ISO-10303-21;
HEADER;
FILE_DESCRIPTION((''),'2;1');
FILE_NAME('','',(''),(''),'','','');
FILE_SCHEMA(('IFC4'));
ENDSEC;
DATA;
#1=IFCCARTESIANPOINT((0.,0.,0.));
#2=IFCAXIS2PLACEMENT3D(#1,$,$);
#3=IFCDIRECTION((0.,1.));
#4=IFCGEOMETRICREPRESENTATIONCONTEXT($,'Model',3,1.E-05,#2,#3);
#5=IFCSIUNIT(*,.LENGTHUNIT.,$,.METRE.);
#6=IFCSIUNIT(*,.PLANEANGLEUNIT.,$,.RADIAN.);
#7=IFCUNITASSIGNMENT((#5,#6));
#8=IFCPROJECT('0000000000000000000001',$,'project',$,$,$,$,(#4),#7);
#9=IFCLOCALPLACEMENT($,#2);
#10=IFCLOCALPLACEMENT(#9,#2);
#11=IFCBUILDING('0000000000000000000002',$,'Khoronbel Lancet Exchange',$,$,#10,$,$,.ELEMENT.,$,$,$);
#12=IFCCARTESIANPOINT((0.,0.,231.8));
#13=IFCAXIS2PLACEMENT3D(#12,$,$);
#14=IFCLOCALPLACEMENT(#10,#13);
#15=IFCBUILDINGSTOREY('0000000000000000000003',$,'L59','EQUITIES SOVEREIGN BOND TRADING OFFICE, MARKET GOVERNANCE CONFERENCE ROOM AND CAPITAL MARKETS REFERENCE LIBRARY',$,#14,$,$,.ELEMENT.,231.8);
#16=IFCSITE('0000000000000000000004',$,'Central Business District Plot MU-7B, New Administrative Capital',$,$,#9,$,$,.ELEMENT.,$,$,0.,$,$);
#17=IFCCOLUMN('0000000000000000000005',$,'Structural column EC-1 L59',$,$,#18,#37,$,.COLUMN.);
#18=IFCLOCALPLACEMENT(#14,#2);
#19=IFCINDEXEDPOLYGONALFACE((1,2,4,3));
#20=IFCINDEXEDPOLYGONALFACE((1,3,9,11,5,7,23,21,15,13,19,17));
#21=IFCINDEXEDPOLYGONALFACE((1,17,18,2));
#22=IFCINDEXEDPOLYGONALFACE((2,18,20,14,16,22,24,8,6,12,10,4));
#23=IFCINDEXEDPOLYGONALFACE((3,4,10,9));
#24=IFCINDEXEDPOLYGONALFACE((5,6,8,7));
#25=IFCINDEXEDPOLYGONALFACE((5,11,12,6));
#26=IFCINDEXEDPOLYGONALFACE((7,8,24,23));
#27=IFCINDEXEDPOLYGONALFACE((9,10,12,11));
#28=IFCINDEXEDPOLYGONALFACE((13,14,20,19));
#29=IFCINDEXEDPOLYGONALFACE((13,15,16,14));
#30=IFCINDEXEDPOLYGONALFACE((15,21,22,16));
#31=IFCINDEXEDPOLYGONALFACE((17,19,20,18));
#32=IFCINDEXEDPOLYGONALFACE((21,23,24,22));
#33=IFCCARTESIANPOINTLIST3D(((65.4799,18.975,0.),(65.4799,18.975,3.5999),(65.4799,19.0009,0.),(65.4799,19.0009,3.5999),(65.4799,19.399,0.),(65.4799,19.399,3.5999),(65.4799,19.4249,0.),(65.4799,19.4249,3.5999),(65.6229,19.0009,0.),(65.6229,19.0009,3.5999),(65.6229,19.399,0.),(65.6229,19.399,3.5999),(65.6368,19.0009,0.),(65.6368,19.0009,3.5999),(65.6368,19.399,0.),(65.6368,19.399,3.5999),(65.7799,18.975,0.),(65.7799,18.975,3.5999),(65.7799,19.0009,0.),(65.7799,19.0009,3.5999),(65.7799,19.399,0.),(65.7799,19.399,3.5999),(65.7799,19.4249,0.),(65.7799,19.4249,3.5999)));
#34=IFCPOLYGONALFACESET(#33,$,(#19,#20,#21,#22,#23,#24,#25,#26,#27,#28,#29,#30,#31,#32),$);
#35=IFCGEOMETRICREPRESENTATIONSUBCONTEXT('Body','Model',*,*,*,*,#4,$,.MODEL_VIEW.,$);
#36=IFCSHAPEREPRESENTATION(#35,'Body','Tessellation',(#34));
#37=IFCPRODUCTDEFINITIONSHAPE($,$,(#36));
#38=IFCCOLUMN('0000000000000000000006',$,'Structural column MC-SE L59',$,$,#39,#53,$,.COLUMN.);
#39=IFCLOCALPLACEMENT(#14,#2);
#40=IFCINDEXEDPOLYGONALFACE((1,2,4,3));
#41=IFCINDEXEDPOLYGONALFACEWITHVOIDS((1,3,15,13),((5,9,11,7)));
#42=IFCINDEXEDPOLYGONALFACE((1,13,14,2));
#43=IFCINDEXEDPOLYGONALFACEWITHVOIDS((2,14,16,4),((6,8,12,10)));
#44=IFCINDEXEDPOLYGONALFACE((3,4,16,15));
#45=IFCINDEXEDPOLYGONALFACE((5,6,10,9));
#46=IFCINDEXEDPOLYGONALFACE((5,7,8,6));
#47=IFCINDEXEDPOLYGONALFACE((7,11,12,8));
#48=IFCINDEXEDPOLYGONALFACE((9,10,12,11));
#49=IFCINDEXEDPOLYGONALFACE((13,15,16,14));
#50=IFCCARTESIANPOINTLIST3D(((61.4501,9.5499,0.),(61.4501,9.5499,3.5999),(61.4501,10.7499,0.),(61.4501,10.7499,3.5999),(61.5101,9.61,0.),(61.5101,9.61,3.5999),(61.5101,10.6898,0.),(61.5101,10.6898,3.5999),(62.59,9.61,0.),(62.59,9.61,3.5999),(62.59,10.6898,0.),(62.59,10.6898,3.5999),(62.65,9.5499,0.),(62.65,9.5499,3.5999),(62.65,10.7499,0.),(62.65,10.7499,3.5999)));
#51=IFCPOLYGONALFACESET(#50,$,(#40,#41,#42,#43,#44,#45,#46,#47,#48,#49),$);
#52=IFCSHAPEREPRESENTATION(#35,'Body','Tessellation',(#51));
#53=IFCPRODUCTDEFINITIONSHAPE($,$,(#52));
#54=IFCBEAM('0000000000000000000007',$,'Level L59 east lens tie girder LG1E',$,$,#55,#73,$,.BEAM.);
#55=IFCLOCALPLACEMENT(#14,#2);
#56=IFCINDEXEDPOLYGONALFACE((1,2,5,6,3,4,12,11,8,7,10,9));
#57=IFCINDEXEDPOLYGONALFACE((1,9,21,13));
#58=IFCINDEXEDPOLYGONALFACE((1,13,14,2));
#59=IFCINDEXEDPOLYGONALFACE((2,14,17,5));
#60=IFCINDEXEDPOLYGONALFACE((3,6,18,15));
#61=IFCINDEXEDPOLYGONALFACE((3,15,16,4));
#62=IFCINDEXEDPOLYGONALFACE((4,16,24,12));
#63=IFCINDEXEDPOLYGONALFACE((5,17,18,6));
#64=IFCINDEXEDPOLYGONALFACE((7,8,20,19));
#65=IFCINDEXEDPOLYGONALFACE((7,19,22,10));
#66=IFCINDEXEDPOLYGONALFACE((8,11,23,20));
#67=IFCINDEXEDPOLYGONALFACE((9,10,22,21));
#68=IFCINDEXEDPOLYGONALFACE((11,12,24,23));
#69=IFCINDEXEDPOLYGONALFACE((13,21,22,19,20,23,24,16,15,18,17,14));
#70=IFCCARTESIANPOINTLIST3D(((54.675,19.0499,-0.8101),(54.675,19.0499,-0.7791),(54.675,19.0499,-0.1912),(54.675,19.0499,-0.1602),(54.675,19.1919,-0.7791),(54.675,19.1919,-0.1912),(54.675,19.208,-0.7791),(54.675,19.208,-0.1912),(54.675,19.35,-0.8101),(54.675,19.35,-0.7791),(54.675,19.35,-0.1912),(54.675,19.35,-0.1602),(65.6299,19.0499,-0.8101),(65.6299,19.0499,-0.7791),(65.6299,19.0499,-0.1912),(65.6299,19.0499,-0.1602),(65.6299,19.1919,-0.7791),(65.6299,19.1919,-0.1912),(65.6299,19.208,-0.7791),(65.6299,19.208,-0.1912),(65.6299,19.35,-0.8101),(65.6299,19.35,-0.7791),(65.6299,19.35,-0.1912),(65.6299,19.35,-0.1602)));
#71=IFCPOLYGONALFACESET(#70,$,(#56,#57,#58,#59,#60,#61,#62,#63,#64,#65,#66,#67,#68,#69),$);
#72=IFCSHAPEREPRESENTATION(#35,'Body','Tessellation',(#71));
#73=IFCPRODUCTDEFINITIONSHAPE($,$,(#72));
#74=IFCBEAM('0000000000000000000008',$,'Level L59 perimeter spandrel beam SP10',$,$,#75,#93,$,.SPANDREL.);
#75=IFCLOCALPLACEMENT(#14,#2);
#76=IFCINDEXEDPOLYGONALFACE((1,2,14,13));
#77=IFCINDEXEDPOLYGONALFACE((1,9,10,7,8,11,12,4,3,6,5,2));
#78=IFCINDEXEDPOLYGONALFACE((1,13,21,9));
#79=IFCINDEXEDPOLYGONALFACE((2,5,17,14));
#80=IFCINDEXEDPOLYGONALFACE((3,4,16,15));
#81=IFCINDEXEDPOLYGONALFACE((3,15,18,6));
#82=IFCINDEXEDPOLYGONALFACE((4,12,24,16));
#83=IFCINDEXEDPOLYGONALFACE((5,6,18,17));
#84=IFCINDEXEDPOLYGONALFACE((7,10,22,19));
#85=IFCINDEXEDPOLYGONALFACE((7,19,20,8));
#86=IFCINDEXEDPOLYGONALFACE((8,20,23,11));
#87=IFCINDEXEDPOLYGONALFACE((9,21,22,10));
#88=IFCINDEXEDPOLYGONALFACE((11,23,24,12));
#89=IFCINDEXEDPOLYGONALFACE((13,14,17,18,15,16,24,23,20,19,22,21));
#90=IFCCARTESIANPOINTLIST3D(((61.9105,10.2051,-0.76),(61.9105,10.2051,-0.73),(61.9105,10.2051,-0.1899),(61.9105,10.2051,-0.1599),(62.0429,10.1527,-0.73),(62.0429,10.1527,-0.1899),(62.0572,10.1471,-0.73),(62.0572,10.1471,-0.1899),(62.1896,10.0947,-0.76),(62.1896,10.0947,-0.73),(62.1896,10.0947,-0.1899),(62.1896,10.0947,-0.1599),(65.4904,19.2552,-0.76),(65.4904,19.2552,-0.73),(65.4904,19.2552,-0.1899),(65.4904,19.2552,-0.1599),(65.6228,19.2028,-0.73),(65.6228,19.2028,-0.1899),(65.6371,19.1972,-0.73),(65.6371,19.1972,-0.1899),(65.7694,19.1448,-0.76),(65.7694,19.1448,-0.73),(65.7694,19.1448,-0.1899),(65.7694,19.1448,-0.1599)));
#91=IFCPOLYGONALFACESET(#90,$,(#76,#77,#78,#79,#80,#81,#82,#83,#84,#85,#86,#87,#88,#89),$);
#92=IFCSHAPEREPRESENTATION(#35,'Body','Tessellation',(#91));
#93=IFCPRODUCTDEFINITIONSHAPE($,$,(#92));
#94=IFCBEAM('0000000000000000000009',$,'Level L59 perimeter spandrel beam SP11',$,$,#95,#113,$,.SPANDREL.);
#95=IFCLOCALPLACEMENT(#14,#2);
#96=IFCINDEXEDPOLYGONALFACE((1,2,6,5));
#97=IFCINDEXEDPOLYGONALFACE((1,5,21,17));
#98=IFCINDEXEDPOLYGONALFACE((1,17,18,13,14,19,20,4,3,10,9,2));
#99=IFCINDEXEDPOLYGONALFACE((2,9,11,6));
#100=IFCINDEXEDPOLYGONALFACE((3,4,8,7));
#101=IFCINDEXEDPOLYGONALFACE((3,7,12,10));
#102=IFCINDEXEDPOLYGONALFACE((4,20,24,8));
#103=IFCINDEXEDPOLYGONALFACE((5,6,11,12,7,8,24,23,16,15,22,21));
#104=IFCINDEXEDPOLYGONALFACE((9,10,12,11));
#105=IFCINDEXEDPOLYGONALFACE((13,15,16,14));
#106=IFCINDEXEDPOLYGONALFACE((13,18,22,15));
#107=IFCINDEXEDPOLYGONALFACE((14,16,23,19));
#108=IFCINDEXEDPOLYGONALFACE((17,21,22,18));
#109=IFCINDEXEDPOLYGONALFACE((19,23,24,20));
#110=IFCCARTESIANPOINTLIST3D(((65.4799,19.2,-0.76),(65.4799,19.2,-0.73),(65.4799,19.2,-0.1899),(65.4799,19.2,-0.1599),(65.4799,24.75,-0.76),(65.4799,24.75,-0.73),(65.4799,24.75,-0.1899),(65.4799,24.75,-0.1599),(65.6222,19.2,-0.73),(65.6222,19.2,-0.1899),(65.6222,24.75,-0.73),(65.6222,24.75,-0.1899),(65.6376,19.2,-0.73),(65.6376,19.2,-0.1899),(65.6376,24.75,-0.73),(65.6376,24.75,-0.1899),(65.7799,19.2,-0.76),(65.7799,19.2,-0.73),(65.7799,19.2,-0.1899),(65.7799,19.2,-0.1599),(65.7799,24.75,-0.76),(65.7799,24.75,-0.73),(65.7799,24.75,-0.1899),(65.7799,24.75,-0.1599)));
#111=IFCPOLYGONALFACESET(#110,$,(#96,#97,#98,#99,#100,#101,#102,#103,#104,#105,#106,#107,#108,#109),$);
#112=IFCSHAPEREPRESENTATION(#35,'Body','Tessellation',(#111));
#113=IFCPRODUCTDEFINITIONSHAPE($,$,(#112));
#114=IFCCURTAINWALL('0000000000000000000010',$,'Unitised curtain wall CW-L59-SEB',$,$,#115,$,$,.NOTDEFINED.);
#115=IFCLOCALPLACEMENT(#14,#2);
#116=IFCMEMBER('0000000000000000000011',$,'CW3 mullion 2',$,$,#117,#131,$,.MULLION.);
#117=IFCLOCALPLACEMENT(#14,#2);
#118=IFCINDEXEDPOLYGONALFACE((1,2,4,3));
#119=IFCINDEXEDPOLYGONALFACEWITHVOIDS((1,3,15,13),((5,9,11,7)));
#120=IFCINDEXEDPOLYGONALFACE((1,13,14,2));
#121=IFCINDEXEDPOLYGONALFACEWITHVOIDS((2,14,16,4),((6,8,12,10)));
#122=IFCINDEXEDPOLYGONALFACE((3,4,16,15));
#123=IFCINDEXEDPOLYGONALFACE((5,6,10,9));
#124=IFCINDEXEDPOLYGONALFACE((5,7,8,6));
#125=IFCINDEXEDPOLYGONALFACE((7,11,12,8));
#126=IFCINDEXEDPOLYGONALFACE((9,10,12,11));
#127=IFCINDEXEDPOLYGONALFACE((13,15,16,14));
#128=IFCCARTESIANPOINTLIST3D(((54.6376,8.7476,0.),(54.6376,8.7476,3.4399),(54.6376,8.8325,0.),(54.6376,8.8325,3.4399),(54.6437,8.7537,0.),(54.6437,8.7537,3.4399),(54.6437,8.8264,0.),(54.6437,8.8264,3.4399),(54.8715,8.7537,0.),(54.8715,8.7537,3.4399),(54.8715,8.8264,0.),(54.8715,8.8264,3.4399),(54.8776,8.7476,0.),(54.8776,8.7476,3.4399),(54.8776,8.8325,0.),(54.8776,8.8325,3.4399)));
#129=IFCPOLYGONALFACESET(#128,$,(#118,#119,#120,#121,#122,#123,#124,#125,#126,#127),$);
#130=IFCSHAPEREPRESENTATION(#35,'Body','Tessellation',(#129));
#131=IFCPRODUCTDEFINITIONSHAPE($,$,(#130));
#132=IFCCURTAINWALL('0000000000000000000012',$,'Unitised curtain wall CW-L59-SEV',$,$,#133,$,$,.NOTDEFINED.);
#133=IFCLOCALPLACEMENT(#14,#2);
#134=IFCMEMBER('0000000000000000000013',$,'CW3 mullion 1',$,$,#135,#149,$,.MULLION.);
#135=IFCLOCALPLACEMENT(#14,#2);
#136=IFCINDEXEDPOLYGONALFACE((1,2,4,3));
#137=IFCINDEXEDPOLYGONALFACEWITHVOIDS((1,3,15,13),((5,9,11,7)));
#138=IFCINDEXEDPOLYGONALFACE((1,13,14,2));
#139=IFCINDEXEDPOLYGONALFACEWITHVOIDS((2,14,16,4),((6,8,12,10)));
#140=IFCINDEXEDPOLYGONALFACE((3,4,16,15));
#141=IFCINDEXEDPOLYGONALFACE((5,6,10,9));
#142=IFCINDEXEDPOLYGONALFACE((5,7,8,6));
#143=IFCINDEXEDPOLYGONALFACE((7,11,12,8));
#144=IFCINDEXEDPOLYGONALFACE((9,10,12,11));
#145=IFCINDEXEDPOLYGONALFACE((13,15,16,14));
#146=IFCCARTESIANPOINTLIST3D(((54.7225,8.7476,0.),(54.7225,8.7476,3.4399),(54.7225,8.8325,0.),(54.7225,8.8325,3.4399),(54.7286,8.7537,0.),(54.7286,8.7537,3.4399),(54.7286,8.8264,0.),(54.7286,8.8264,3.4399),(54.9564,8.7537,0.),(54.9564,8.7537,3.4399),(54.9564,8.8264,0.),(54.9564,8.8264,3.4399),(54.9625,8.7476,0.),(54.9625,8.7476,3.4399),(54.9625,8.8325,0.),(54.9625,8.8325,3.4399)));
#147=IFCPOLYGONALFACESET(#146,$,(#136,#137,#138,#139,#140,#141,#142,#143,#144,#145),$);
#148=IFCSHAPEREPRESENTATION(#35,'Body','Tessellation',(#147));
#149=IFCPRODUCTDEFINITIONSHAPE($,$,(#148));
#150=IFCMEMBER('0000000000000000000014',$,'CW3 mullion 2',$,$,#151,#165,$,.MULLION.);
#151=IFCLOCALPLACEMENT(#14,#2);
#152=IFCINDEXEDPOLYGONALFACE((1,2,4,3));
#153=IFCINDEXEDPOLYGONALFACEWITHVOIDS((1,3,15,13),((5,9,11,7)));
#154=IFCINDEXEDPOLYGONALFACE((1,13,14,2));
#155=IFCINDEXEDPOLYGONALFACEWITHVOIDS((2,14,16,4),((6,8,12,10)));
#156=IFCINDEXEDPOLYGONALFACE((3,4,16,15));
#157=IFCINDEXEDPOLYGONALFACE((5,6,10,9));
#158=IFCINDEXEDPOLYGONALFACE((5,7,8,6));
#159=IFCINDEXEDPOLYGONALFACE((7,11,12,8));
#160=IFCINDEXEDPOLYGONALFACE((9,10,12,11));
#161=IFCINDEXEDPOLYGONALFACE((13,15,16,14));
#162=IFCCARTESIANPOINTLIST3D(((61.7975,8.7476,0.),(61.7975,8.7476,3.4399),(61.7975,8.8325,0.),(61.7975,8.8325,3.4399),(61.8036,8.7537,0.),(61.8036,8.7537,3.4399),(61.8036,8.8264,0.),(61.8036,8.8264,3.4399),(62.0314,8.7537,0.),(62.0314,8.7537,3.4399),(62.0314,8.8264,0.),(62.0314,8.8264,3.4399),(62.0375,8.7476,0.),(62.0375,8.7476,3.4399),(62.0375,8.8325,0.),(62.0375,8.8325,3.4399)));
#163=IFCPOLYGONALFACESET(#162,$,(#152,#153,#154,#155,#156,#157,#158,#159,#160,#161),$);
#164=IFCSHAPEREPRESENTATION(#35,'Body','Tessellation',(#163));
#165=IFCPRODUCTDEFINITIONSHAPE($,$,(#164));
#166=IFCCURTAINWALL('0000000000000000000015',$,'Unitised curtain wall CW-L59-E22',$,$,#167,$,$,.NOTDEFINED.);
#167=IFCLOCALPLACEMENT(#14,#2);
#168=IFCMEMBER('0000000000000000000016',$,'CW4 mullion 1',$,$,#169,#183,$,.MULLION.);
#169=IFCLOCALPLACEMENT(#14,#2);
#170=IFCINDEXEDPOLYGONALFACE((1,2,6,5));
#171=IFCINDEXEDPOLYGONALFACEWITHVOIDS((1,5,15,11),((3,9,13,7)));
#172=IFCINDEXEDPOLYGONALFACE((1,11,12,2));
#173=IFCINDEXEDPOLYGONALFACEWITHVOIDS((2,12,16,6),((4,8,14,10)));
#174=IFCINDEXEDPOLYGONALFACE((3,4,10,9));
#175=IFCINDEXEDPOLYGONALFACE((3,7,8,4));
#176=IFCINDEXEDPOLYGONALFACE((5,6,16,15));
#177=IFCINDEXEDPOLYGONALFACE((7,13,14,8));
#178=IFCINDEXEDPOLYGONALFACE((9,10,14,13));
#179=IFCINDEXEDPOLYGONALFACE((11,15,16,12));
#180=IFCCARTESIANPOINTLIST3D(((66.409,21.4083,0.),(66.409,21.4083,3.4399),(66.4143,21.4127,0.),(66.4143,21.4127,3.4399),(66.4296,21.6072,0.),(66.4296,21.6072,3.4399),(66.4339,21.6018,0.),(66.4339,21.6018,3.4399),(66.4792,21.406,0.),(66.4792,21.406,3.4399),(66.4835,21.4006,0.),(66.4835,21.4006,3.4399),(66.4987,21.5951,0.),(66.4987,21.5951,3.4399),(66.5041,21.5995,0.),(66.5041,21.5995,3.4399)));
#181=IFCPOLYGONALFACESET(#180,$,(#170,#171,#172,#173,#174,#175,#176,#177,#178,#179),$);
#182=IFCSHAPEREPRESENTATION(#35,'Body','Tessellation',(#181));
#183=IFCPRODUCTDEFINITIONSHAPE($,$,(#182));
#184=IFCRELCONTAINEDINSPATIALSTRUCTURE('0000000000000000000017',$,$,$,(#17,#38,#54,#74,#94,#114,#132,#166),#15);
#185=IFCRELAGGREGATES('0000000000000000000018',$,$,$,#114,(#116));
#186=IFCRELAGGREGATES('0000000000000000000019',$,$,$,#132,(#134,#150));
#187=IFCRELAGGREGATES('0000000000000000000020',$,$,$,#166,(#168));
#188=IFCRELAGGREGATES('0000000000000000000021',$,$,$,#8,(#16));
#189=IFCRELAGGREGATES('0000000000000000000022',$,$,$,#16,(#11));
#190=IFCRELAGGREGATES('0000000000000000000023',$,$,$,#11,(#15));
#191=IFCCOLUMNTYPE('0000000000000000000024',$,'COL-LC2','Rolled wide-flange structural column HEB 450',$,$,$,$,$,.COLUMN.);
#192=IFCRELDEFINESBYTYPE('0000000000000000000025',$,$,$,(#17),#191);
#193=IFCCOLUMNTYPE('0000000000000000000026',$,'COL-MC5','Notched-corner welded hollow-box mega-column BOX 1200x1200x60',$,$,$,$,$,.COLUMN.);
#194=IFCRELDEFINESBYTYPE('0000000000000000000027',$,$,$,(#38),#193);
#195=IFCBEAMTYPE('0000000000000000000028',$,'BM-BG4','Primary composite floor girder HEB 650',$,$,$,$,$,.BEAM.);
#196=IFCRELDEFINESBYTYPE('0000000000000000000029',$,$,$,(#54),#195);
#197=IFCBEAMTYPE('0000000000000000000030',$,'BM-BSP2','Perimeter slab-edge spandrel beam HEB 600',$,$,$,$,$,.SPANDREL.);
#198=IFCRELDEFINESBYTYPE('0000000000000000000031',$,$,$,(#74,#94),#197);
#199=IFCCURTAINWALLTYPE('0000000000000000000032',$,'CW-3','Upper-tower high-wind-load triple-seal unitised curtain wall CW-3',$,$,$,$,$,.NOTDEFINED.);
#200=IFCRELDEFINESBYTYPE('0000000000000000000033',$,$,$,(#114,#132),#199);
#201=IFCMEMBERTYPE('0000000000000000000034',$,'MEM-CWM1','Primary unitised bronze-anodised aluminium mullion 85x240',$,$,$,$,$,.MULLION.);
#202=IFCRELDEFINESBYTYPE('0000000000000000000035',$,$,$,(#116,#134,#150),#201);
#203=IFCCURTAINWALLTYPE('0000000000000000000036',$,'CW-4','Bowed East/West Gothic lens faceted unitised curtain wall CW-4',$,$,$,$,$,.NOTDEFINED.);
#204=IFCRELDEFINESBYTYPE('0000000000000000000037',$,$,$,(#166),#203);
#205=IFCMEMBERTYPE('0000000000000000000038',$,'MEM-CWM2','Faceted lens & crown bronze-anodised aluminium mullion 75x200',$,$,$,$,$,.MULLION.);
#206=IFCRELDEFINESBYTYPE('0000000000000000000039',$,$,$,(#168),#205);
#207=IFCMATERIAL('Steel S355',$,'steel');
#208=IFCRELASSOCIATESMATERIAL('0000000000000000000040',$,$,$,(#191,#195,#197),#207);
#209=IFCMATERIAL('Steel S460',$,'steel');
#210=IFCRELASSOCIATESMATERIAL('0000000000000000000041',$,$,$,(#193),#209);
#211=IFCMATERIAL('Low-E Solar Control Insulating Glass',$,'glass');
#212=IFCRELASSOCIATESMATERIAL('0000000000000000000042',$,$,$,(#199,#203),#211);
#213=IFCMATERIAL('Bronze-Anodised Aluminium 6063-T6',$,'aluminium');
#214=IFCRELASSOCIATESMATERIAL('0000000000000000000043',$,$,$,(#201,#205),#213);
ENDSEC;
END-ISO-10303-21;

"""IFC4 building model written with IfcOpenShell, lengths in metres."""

from ifc_helpers import new_model, si_unit, direction, frame, origin, origin_2d, place, context, subcontext, project, spatial, hollow_rectangle, i_section, extrude, material, material_profile, profile_set, type_object, element, aggregate, save


model = new_model("IFC4")

# Units and contexts
model_context = context("Model", 3, precision=1e-05, world=origin(), true_north=direction((0.0, 1.0)))
body_context = subcontext(model_context, "Body", "Model", "MODEL_VIEW")
ifc_project = project(units=[si_unit("LENGTHUNIT", "METRE"), si_unit("PLANEANGLEUNIT", "RADIAN")], contexts=[model_context])

# Site, building, storey
site_placement = place(None, origin())
site = spatial("IfcSite", under=ifc_project, at=site_placement, Name="Central Business District Plot MU-7B, New Administrative Capital", CompositionType="ELEMENT", RefElevation=0.0)
building_placement = place(site_placement, origin())
building = spatial("IfcBuilding", under=site, at=building_placement, Name="Khoronbel Lancet Exchange", CompositionType="ELEMENT")
storey_placement = place(building_placement, frame((0.0, 0.0, 231.8)))
storey = spatial("IfcBuildingStorey", under=building, at=storey_placement, Name="L59", Description="EQUITIES SOVEREIGN BOND TRADING OFFICE, MARKET GOVERNANCE CONFERENCE ROOM AND CAPITAL MARKETS REFERENCE LIBRARY", CompositionType="ELEMENT", Elevation=231.8)

# Columns
ifc_material_1 = material(Name="Steel S355", Category="steel")
ifc_material_profile_1 = material_profile(ifc_material_1, i_section(OverallWidth=0.3, OverallDepth=0.45, WebThickness=0.0139, FlangeThickness=0.0259, at=origin_2d()), Name="HEB 450")
ifc_profile_set_1 = profile_set([ifc_material_profile_1], Name="Steel S355")
column_type_1 = type_object("IfcColumnType", Name="COL-LC2", Description="Rolled wide-flange structural column HEB 450", PredefinedType="COLUMN", material=ifc_profile_set_1)
column_1_placement = place(storey_placement, frame((65.6299, 19.2, 0.0), z_axis=(0.0, 0.0, 1.0), x_axis=(1.0, 0.0, 0.0)))
element("IfcColumn", 1, at=column_1_placement, inside=storey, type_object=column_type_1, Name="Structural column EC-1 L59", PredefinedType="COLUMN", context=body_context, shape_type="SweptSolid", body=[
    extrude(i_section(OverallWidth=0.3, OverallDepth=0.45, WebThickness=0.0139, FlangeThickness=0.0259, at=origin_2d()), origin(), (0.0, 0.0, 1.0), 3.5999),
])
ifc_material_2 = material(Name="Steel S460", Category="steel")
ifc_material_profile_2 = material_profile(ifc_material_2, hollow_rectangle(XDim=1.2, YDim=1.2, WallThickness=0.0601, at=origin_2d()), Name="BOX 1200x1200x60")
ifc_profile_set_2 = profile_set([ifc_material_profile_2], Name="Steel S460")
column_type_2 = type_object("IfcColumnType", Name="COL-MC5", Description="Notched-corner welded hollow-box mega-column BOX 1200x1200x60", PredefinedType="COLUMN", material=ifc_profile_set_2)
column_2_placement = place(storey_placement, frame((62.05, 10.1499, 0.0), z_axis=(0.0, 0.0, 1.0), x_axis=(1.0, 0.0, 0.0)))
element("IfcColumn", 2, at=column_2_placement, inside=storey, type_object=column_type_2, Name="Structural column MC-SE L59", PredefinedType="COLUMN", context=body_context, shape_type="SweptSolid", body=[
    extrude(hollow_rectangle(XDim=1.2, YDim=1.2, WallThickness=0.0601, at=origin_2d()), origin(), (0.0, 0.0, 1.0), 3.5999),
])

# Beams
ifc_material_profile_3 = material_profile(ifc_material_1, i_section(OverallWidth=0.3, OverallDepth=0.6499, WebThickness=0.0161, FlangeThickness=0.031, at=origin_2d()), Name="HEB 650")
ifc_profile_set_3 = profile_set([ifc_material_profile_3], Name="Steel S355")
beam_type_1 = type_object("IfcBeamType", Name="BM-BG4", Description="Primary composite floor girder HEB 650", PredefinedType="BEAM", material=ifc_profile_set_3)
beam_1_placement = place(storey_placement, frame((54.675, 19.2, -0.4851), z_axis=(1.0, 0.0, 0.0), x_axis=(0.0, 1.0, 0.0)))
element("IfcBeam", 3, at=beam_1_placement, inside=storey, type_object=beam_type_1, Name="Level L59 east lens tie girder LG1E", PredefinedType="BEAM", context=body_context, shape_type="SweptSolid", body=[
    extrude(i_section(OverallWidth=0.3, OverallDepth=0.6499, WebThickness=0.0161, FlangeThickness=0.031, at=origin_2d()), origin(), (0.0, 0.0, 1.0), 10.9548),
])
ifc_material_profile_4 = material_profile(ifc_material_1, i_section(OverallWidth=0.3, OverallDepth=0.6001, WebThickness=0.0154, FlangeThickness=0.03, at=origin_2d()), Name="HEB 600")
ifc_profile_set_4 = profile_set([ifc_material_profile_4], Name="Steel S355")
beam_type_2 = type_object("IfcBeamType", Name="BM-BSP2", Description="Perimeter slab-edge spandrel beam HEB 600", PredefinedType="SPANDREL", material=ifc_profile_set_4)
beam_2_placement = place(storey_placement, frame((62.05, 10.1499, -0.46), z_axis=(0.367828, 0.929894, 0.0), x_axis=(-0.929894, 0.367828, 0.0)))
element("IfcBeam", 4, at=beam_2_placement, inside=storey, type_object=beam_type_2, Name="Level L59 perimeter spandrel beam SP10", PredefinedType="SPANDREL", context=body_context, shape_type="SweptSolid", body=[
    extrude(i_section(OverallWidth=0.3, OverallDepth=0.6001, WebThickness=0.0154, FlangeThickness=0.03, at=origin_2d()), origin(), (0.0, 0.0, 1.0), 9.7324),
])
beam_3_placement = place(storey_placement, frame((65.6299, 19.2, -0.46), z_axis=(0.0, 1.0, 0.0), x_axis=(-1.0, 0.0, 0.0)))
element("IfcBeam", 5, at=beam_3_placement, inside=storey, type_object=beam_type_2, Name="Level L59 perimeter spandrel beam SP11", PredefinedType="SPANDREL", context=body_context, shape_type="SweptSolid", body=[
    extrude(i_section(OverallWidth=0.3, OverallDepth=0.6001, WebThickness=0.0154, FlangeThickness=0.03, at=origin_2d()), origin(), (0.0, 0.0, 1.0), 5.55),
])

# Curtain wall, member
ifc_material_3 = material(Name="Low-E Solar Control Insulating Glass", Category="glass")
curtain_wall_type_1 = type_object("IfcCurtainWallType", Name="CW-3", Description="Upper-tower high-wind-load triple-seal unitised curtain wall CW-3", PredefinedType="NOTDEFINED", material=ifc_material_3)
curtain_wall_1_placement = place(storey_placement, origin())
curtain_wall_1 = element("IfcCurtainWall", 6, at=curtain_wall_1_placement, inside=storey, type_object=curtain_wall_type_1, Name="Unitised curtain wall CW-L59-SEB", PredefinedType="NOTDEFINED")
ifc_material_4 = material(Name="Bronze-Anodised Aluminium 6063-T6", Category="aluminium")
ifc_material_profile_5 = material_profile(ifc_material_4, hollow_rectangle(XDim=0.085, YDim=0.24, WallThickness=0.0061, at=origin_2d()), Name="ALU MULLION 85x240")
ifc_profile_set_5 = profile_set([ifc_material_profile_5], Name="Bronze-Anodised Aluminium 6063-T6")
member_type_1 = type_object("IfcMemberType", Name="MEM-CWM1", Description="Primary unitised bronze-anodised aluminium mullion 85x240", PredefinedType="MULLION", material=ifc_profile_set_5)
member_1_placement = place(storey_placement, frame((54.7576, 8.79, 0.0), z_axis=(0.0, 0.0, 1.0), x_axis=(0.0, 1.0, 0.0)))
member_1 = element("IfcMember", 7, at=member_1_placement, type_object=member_type_1, Name="CW3 mullion 2", PredefinedType="MULLION", context=body_context, shape_type="SweptSolid", body=[
    extrude(hollow_rectangle(XDim=0.085, YDim=0.24, WallThickness=0.0061, at=origin_2d()), origin(), (0.0, 0.0, 1.0), 3.4399),
])
aggregate(curtain_wall_1, [member_1])

# Curtain walls, members
curtain_wall_2_placement = place(storey_placement, origin())
curtain_wall_2 = element("IfcCurtainWall", 8, at=curtain_wall_2_placement, inside=storey, type_object=curtain_wall_type_1, Name="Unitised curtain wall CW-L59-SEV", PredefinedType="NOTDEFINED")
member_2_placement = place(storey_placement, frame((54.8425, 8.79, 0.0), z_axis=(0.0, 0.0, 1.0), x_axis=(0.0, 1.0, 0.0)))
member_2 = element("IfcMember", 9, at=member_2_placement, type_object=member_type_1, Name="CW3 mullion 1", PredefinedType="MULLION", context=body_context, shape_type="SweptSolid", body=[
    extrude(hollow_rectangle(XDim=0.085, YDim=0.24, WallThickness=0.0061, at=origin_2d()), origin(), (0.0, 0.0, 1.0), 3.4399),
])
member_3_placement = place(storey_placement, frame((61.9175, 8.79, 0.0), z_axis=(0.0, 0.0, 1.0), x_axis=(0.0, 1.0, 0.0)))
member_3 = element("IfcMember", 10, at=member_3_placement, type_object=member_type_1, Name="CW3 mullion 2", PredefinedType="MULLION", context=body_context, shape_type="SweptSolid", body=[
    extrude(hollow_rectangle(XDim=0.085, YDim=0.24, WallThickness=0.0061, at=origin_2d()), origin(), (0.0, 0.0, 1.0), 3.4399),
])
curtain_wall_type_2 = type_object("IfcCurtainWallType", Name="CW-4", Description="Bowed East/West Gothic lens faceted unitised curtain wall CW-4", PredefinedType="NOTDEFINED", material=ifc_material_3)
curtain_wall_3_placement = place(storey_placement, origin())
curtain_wall_3 = element("IfcCurtainWall", 11, at=curtain_wall_3_placement, inside=storey, type_object=curtain_wall_type_2, Name="Unitised curtain wall CW-L59-E22", PredefinedType="NOTDEFINED")
ifc_material_profile_6 = material_profile(ifc_material_4, hollow_rectangle(XDim=0.075, YDim=0.2, WallThickness=0.0049, at=origin_2d()), Name="ALU MULLION 75x200")
ifc_profile_set_6 = profile_set([ifc_material_profile_6], Name="Bronze-Anodised Aluminium 6063-T6")
member_type_2 = type_object("IfcMemberType", Name="MEM-CWM2", Description="Faceted lens & crown bronze-anodised aluminium mullion 75x200", PredefinedType="MULLION", material=ifc_profile_set_6)
member_4_placement = place(storey_placement, frame((66.4565, 21.5039, 0.0), z_axis=(0.0, 0.0, 1.0), x_axis=(0.994691, -0.10291, 0.0)))
member_4 = element("IfcMember", 12, at=member_4_placement, type_object=member_type_2, Name="CW4 mullion 1", PredefinedType="MULLION", context=body_context, shape_type="SweptSolid", body=[
    extrude(hollow_rectangle(XDim=0.075, YDim=0.2, WallThickness=0.0049, at=origin_2d()), origin(), (0.0, 0.0, 1.0), 3.4399),
])

aggregate(curtain_wall_2, [member_2, member_3])
aggregate(curtain_wall_3, [member_4])

save(model, "model.ifc")
